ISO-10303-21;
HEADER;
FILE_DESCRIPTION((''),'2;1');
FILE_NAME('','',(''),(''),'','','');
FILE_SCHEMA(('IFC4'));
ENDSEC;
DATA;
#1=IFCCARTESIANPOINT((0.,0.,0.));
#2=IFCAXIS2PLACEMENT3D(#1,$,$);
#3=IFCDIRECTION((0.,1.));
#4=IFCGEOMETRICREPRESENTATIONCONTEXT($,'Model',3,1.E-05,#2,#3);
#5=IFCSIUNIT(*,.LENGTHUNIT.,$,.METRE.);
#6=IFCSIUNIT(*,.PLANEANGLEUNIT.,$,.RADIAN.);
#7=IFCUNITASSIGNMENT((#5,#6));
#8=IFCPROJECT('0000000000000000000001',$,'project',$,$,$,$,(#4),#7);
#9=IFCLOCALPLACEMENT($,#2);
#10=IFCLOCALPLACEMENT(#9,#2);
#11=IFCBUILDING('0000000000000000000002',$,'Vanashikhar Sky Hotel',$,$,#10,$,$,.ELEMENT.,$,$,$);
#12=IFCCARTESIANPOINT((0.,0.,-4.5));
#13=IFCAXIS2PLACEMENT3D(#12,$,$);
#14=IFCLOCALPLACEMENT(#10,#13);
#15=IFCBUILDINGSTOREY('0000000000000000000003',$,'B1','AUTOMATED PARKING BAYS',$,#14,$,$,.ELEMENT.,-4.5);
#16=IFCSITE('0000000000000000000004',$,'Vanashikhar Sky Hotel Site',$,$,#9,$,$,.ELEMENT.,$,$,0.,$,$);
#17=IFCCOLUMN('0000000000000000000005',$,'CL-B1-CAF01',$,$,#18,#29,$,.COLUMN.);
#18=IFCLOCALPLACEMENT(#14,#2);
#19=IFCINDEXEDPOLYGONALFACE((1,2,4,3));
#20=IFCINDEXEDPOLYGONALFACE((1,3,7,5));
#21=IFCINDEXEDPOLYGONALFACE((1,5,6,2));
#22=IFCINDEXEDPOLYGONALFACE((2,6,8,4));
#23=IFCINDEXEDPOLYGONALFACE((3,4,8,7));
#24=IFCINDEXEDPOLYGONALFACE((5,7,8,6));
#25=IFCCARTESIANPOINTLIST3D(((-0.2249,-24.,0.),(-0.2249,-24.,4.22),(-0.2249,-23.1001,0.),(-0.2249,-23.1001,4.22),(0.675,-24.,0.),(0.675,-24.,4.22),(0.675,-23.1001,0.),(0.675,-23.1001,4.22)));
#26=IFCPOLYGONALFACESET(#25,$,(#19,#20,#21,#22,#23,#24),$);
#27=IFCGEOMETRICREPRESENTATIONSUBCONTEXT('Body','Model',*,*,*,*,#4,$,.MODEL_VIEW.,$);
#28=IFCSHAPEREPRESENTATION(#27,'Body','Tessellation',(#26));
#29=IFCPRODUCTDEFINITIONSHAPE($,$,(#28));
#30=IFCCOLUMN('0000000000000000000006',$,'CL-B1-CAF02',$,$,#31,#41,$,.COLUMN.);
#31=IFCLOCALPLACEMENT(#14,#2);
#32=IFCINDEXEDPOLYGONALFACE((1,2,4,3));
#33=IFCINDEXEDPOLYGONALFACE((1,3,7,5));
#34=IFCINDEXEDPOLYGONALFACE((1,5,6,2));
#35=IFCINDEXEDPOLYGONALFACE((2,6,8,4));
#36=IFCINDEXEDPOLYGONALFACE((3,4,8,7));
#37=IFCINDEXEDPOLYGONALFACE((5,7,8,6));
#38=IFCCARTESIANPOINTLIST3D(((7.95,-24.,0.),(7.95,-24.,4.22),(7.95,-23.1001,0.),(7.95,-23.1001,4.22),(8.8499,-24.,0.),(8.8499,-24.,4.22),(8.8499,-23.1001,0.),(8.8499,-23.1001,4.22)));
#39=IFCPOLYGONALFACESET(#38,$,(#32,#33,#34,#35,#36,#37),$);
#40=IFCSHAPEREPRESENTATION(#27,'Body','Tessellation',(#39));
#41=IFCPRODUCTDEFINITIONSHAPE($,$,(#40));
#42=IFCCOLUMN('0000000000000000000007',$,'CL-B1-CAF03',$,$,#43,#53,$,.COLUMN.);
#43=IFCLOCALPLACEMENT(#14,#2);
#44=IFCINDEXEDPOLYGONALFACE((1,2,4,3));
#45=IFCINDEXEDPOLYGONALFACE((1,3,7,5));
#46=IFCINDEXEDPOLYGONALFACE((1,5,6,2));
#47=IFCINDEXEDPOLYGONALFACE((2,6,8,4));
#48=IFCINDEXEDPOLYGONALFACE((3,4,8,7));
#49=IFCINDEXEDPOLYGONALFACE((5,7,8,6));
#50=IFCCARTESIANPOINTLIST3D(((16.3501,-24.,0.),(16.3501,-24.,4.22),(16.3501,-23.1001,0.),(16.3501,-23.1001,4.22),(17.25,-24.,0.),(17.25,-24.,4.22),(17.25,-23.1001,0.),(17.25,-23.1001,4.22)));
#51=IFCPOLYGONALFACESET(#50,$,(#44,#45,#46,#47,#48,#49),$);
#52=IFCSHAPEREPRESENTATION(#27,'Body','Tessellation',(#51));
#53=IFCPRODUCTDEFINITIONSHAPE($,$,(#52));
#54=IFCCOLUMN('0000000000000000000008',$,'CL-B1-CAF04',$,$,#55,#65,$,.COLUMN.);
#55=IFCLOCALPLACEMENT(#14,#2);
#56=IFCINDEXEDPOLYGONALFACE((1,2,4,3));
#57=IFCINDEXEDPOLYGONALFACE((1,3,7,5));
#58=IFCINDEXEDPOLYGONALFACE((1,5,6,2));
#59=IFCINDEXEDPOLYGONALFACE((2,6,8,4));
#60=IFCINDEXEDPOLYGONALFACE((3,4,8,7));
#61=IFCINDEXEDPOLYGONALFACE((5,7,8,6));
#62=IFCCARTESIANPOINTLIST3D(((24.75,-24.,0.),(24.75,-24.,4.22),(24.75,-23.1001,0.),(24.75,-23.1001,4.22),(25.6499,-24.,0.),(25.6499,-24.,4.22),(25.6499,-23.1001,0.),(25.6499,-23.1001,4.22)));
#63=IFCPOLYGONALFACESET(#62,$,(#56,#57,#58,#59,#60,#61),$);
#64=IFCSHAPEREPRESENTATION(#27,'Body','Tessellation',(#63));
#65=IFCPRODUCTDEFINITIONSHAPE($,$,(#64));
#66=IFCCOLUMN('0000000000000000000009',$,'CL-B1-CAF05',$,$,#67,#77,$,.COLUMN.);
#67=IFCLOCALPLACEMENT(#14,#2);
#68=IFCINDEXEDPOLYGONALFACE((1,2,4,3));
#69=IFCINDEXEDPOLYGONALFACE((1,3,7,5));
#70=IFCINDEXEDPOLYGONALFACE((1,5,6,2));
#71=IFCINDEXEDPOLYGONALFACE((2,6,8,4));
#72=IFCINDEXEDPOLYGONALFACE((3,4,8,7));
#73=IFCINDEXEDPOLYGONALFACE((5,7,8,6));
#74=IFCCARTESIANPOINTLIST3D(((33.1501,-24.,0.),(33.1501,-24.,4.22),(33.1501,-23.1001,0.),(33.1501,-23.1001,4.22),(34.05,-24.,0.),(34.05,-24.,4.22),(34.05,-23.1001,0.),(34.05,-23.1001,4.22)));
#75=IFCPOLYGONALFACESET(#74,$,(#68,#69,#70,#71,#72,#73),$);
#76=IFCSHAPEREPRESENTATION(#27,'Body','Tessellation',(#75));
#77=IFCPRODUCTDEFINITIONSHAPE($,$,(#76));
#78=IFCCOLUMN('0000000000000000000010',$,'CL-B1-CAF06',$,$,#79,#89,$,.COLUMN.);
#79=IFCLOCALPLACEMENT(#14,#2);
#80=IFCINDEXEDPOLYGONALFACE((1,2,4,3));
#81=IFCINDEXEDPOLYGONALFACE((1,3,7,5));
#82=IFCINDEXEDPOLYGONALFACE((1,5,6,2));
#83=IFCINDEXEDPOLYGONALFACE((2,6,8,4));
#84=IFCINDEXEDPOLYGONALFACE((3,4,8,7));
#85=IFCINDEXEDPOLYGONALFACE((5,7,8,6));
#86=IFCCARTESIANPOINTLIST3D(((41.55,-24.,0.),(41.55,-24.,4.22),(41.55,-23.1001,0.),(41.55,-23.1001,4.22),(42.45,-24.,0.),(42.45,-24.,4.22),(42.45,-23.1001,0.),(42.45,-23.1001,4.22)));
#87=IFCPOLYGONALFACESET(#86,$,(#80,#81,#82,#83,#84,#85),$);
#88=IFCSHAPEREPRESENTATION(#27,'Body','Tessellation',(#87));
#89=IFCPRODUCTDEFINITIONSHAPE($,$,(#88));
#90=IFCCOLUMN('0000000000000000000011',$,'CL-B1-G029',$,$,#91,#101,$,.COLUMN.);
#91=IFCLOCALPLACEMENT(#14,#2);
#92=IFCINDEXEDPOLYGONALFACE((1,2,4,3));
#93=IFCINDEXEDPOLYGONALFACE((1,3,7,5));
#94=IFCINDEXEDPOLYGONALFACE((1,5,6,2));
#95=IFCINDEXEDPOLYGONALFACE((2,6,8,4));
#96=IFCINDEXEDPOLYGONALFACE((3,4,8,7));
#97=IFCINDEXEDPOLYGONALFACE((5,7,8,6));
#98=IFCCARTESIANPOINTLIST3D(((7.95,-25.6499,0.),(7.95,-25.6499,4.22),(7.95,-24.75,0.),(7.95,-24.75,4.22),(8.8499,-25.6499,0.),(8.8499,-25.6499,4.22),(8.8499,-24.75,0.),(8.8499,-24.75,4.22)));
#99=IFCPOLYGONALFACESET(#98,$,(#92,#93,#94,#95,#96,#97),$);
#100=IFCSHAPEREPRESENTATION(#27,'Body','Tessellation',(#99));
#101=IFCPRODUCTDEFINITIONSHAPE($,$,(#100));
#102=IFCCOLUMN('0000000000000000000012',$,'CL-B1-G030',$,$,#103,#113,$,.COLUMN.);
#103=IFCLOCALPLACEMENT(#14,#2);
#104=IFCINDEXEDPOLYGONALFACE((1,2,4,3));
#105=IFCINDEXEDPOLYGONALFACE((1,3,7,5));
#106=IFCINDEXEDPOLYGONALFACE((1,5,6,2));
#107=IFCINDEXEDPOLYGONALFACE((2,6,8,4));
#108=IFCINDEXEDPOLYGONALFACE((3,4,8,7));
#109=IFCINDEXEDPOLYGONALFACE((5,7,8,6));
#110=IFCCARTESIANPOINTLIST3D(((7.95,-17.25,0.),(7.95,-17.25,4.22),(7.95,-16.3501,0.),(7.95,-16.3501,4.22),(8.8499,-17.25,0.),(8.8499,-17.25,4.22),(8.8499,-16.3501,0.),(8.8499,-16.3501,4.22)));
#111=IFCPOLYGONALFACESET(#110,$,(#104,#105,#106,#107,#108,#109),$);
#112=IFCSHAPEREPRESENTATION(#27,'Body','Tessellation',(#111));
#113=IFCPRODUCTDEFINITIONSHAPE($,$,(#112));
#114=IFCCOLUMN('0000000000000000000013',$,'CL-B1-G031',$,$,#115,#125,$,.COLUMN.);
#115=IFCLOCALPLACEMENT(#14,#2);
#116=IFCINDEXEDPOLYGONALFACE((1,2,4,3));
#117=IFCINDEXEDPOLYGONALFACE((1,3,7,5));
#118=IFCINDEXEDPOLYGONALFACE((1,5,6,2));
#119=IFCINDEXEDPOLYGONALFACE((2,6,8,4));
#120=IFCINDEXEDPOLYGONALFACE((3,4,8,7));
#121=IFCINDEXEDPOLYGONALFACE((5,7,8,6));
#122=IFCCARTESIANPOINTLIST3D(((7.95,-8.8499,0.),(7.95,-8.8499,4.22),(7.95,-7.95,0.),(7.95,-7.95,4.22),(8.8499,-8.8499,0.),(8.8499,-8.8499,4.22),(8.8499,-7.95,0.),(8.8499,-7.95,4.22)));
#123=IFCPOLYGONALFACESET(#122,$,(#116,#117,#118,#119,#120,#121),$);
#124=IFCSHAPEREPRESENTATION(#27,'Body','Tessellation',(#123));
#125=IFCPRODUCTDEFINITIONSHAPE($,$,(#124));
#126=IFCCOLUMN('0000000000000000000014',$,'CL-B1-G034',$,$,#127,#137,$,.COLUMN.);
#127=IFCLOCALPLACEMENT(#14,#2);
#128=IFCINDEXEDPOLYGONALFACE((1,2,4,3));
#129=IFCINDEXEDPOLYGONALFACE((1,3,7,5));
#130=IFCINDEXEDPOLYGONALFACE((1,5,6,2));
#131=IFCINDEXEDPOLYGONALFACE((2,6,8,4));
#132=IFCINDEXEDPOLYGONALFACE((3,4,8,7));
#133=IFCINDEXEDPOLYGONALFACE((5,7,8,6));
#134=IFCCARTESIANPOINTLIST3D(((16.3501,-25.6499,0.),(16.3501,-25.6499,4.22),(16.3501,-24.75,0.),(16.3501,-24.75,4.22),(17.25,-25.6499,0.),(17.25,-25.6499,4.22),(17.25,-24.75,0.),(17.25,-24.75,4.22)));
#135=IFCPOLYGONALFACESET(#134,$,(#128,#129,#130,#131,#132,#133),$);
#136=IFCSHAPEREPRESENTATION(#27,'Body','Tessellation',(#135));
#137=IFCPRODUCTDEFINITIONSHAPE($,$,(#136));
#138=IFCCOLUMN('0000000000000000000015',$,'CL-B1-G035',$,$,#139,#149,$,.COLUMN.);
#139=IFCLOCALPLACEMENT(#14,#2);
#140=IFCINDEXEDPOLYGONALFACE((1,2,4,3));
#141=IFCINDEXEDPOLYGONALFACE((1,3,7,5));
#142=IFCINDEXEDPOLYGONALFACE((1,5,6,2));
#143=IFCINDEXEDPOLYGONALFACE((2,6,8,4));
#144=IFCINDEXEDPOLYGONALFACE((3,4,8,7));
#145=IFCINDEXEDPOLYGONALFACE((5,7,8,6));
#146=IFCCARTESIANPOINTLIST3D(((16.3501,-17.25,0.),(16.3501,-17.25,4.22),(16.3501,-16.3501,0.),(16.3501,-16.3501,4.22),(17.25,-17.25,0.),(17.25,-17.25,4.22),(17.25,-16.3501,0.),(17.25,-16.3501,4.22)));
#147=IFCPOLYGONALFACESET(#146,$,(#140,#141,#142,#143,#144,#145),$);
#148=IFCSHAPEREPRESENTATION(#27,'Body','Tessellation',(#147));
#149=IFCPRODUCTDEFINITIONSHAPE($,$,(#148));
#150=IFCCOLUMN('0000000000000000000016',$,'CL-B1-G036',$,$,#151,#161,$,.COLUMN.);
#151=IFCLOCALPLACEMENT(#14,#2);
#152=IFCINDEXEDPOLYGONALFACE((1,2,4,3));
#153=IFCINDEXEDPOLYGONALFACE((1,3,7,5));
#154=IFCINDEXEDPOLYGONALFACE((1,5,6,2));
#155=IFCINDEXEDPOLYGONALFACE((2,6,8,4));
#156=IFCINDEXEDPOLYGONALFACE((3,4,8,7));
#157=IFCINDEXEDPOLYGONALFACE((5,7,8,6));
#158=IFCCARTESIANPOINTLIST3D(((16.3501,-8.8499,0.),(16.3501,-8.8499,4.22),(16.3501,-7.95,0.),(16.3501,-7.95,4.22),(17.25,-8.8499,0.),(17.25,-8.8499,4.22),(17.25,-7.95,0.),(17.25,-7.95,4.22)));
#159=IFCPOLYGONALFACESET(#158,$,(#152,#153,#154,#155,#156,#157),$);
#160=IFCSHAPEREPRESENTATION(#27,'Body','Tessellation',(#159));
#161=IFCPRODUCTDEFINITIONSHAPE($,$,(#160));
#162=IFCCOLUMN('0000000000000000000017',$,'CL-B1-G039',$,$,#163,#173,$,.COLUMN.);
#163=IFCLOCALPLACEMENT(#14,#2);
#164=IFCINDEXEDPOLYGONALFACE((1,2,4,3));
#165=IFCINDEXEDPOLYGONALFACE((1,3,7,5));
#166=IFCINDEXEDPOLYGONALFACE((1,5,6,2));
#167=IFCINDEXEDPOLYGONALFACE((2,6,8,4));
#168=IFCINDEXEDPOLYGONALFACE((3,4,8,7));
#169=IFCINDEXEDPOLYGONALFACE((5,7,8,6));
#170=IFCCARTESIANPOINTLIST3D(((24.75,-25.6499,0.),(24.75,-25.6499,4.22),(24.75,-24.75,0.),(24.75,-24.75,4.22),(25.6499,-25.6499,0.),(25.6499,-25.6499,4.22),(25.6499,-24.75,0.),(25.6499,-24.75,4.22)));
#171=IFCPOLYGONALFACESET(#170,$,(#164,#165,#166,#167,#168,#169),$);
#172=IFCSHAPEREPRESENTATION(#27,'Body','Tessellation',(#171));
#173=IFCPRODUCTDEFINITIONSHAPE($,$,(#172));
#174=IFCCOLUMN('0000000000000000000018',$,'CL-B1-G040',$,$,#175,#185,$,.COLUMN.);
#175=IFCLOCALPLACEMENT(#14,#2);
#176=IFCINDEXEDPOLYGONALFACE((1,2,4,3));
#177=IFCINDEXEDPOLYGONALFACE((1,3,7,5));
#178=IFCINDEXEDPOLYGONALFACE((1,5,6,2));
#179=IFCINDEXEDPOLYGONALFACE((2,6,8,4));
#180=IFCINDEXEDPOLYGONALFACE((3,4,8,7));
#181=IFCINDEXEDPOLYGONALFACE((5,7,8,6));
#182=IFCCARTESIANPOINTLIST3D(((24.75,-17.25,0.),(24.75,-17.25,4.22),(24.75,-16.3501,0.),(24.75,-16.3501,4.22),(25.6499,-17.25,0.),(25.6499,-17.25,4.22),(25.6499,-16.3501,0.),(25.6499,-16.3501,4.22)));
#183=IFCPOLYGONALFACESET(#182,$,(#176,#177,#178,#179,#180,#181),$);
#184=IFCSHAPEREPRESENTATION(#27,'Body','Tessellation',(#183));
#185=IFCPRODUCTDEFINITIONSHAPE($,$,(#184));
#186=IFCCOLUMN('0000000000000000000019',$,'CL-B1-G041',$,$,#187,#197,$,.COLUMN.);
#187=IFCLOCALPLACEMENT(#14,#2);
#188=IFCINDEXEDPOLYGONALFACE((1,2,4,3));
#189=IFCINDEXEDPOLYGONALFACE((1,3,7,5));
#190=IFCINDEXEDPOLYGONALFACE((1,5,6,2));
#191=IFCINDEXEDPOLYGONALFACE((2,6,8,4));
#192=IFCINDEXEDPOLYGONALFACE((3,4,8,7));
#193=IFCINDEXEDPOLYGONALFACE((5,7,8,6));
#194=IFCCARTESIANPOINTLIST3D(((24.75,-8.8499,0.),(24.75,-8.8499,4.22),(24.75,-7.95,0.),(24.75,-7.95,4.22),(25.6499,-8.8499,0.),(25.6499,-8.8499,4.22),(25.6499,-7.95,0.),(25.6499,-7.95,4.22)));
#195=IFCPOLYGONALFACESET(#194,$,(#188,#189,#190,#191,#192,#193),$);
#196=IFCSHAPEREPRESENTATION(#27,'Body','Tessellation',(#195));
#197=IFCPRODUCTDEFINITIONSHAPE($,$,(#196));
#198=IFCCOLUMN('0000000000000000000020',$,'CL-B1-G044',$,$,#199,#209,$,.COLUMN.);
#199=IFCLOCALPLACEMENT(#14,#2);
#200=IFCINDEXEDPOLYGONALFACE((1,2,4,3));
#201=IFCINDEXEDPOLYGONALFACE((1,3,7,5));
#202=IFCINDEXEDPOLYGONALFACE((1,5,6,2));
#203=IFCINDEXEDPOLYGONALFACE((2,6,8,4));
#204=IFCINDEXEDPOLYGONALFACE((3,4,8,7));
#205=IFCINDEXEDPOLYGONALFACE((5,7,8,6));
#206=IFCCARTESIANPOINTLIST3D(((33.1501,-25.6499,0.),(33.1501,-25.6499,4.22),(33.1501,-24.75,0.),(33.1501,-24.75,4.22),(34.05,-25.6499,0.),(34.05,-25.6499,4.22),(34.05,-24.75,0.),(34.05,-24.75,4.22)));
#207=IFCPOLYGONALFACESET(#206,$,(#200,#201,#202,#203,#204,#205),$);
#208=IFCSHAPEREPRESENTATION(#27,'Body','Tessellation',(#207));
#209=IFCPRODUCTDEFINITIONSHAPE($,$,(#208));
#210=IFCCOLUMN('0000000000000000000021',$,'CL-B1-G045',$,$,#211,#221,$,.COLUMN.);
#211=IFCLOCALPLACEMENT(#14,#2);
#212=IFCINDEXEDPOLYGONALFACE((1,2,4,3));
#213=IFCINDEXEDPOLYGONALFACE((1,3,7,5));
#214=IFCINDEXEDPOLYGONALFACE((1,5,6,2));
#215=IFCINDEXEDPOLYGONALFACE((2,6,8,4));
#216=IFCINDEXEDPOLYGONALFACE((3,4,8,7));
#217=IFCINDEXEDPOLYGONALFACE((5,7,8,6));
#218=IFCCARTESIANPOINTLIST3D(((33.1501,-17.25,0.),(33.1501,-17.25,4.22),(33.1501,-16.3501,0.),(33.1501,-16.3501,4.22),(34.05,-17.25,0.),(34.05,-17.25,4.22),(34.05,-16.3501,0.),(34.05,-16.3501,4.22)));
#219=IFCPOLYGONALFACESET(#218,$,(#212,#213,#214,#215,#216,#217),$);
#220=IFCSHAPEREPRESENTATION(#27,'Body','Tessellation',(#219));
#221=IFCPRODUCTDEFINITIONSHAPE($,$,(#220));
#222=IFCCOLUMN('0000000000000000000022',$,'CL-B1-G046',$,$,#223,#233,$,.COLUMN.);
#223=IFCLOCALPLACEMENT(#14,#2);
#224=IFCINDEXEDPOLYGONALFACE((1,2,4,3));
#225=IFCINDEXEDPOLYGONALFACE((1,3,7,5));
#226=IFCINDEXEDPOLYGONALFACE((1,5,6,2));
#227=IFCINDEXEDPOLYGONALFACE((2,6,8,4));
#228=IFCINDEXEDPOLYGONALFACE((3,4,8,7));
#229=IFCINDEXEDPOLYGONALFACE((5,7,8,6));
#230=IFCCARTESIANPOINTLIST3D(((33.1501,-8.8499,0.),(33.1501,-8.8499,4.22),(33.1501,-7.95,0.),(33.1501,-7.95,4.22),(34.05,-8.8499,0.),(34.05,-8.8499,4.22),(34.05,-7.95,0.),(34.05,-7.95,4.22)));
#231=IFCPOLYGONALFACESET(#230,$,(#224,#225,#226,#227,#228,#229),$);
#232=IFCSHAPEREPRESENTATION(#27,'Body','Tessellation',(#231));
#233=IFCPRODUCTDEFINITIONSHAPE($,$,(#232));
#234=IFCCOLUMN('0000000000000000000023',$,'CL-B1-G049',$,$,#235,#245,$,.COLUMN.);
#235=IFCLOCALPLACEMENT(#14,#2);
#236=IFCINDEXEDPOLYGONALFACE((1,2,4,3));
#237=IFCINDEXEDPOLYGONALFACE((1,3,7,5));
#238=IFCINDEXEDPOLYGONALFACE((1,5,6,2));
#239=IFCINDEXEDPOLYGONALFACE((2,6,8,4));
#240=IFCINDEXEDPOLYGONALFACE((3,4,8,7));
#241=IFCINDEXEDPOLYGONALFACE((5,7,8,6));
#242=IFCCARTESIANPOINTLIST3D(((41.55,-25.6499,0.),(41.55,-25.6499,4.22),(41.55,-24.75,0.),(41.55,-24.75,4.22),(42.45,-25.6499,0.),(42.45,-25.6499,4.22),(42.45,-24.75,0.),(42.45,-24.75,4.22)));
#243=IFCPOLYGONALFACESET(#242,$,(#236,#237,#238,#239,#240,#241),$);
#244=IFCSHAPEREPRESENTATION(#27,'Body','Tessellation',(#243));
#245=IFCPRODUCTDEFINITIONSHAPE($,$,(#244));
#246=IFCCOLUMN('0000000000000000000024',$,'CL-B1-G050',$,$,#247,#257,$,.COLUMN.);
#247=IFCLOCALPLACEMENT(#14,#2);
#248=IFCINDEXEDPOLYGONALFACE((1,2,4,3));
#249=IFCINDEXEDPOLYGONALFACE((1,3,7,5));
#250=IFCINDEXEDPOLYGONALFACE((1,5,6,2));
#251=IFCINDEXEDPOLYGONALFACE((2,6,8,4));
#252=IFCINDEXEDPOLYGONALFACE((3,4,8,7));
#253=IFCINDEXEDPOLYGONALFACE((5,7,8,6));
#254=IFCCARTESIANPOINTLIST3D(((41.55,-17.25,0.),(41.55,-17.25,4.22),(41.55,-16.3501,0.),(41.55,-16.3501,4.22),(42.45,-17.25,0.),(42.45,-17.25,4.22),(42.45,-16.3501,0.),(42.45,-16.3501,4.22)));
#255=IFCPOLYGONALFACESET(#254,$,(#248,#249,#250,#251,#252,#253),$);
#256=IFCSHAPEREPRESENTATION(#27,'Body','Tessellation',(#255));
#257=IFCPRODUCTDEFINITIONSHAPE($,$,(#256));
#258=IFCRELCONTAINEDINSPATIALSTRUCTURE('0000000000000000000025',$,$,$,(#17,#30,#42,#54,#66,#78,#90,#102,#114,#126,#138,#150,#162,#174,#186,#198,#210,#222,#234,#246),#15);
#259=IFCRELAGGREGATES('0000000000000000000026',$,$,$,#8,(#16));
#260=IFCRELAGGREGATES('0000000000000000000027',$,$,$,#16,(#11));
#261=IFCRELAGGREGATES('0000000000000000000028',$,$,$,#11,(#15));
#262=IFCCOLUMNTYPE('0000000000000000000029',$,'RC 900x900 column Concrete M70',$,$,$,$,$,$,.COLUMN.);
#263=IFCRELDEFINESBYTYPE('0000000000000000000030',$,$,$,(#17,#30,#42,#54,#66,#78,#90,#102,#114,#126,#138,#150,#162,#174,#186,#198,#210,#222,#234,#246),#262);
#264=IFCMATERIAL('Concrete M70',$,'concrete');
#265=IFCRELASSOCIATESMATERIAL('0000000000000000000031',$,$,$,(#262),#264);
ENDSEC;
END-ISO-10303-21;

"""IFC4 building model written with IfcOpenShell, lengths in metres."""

from ifc_helpers import new_model, si_unit, direction, frame, origin, origin_2d, place, context, subcontext, project, spatial, rectangle, extrude, source, transform, mapped, material, material_profile, profile_set, type_object, element, save


model = new_model("IFC4")

# Units and contexts
model_context = context("Model", 3, precision=1e-05, world=origin(), true_north=direction((0.0, 1.0)))
body_context = subcontext(model_context, "Body", "Model", "MODEL_VIEW")
ifc_project = project(units=[si_unit("LENGTHUNIT", "METRE"), si_unit("PLANEANGLEUNIT", "RADIAN")], contexts=[model_context])

# Site, building, storey
site_placement = place(None, origin())
site = spatial("IfcSite", under=ifc_project, at=site_placement, Name="Vanashikhar Sky Hotel Site", CompositionType="ELEMENT", RefElevation=0.0)
building_placement = place(site_placement, origin())
building = spatial("IfcBuilding", under=site, at=building_placement, Name="Vanashikhar Sky Hotel", CompositionType="ELEMENT")
storey_placement = place(building_placement, frame((0.0, 0.0, -4.5)))
storey = spatial("IfcBuildingStorey", under=building, at=storey_placement, Name="B1", Description="AUTOMATED PARKING BAYS", CompositionType="ELEMENT", Elevation=-4.5)

# Columns
ifc_material = material(Name="Concrete M70", Category="concrete")
ifc_material_profile = material_profile(ifc_material, rectangle(XDim=0.8999, YDim=0.8999, at=origin_2d()))
ifc_profile_set = profile_set([ifc_material_profile], Name="RC 900x900 column Concrete M70")
column_type = type_object("IfcColumnType", Name="RC 900x900 column Concrete M70", PredefinedType="COLUMN", material=ifc_profile_set)
shared_shape = source(origin(), body_context, "Body", "SweptSolid", [
    extrude(rectangle(XDim=0.8999, YDim=0.8999, at=origin_2d()), origin(), (0.0, 0.0, 1.0), 4.22),
])
for number, where, z_axis, x_axis, name in (
    (1, (0.2251, -23.55, 0.0), (0.0, 0.0, 1.0), (1.0, 0.0, 0.0), "CL-B1-CAF01"),
    (2, (8.3999, -23.55, 0.0), (0.0, 0.0, 1.0), (1.0, 0.0, 0.0), "CL-B1-CAF02"),
    (3, (16.8, -23.55, 0.0), (0.0, 0.0, 1.0), (1.0, 0.0, 0.0), "CL-B1-CAF03"),
    (4, (25.2, -23.55, 0.0), (0.0, 0.0, 1.0), (1.0, 0.0, 0.0), "CL-B1-CAF04"),
    (5, (33.6001, -23.55, 0.0), (0.0, 0.0, 1.0), (1.0, 0.0, 0.0), "CL-B1-CAF05"),
    (6, (42.0, -23.55, 0.0), (0.0, 0.0, 1.0), (1.0, 0.0, 0.0), "CL-B1-CAF06"),
    (7, (8.3999, -25.2, 0.0), (0.0, 0.0, 1.0), (1.0, 0.0, 0.0), "CL-B1-G029"),
    (8, (8.3999, -16.8, 0.0), (0.0, 0.0, 1.0), (1.0, 0.0, 0.0), "CL-B1-G030"),
    (9, (8.3999, -8.3999, 0.0), (0.0, 0.0, 1.0), (1.0, 0.0, 0.0), "CL-B1-G031"),
    (10, (16.8, -25.2, 0.0), (0.0, 0.0, 1.0), (1.0, 0.0, 0.0), "CL-B1-G034"),
    (11, (16.8, -16.8, 0.0), (0.0, 0.0, 1.0), (1.0, 0.0, 0.0), "CL-B1-G035"),
    (12, (16.8, -8.3999, 0.0), (0.0, 0.0, 1.0), (1.0, 0.0, 0.0), "CL-B1-G036"),
    (13, (25.2, -25.2, 0.0), (0.0, 0.0, 1.0), (1.0, 0.0, 0.0), "CL-B1-G039"),
    (14, (25.2, -16.8, 0.0), (0.0, 0.0, 1.0), (1.0, 0.0, 0.0), "CL-B1-G040"),
    (15, (25.2, -8.3999, 0.0), (0.0, 0.0, 1.0), (1.0, 0.0, 0.0), "CL-B1-G041"),
    (16, (33.6001, -25.2, 0.0), (0.0, 0.0, 1.0), (1.0, 0.0, 0.0), "CL-B1-G044"),
    (17, (33.6001, -16.8, 0.0), (0.0, 0.0, 1.0), (1.0, 0.0, 0.0), "CL-B1-G045"),
    (18, (33.6001, -8.3999, 0.0), (0.0, 0.0, 1.0), (1.0, 0.0, 0.0), "CL-B1-G046"),
    (19, (42.0, -25.2, 0.0), (0.0, 0.0, 1.0), (1.0, 0.0, 0.0), "CL-B1-G049"),
    (20, (42.0, -16.8, 0.0), (0.0, 0.0, 1.0), (1.0, 0.0, 0.0), "CL-B1-G050"),
):
    element("IfcColumn", number, at=place(storey_placement, frame(where, z_axis=z_axis, x_axis=x_axis)), inside=storey, type_object=column_type, Name=name, PredefinedType="COLUMN", context=body_context, shape_type="MappedRepresentation", body=[
        mapped(shared_shape, transform((0.0, 0.0, 0.0), scale=1.0)),
    ])

save(model, "model.ifc")
